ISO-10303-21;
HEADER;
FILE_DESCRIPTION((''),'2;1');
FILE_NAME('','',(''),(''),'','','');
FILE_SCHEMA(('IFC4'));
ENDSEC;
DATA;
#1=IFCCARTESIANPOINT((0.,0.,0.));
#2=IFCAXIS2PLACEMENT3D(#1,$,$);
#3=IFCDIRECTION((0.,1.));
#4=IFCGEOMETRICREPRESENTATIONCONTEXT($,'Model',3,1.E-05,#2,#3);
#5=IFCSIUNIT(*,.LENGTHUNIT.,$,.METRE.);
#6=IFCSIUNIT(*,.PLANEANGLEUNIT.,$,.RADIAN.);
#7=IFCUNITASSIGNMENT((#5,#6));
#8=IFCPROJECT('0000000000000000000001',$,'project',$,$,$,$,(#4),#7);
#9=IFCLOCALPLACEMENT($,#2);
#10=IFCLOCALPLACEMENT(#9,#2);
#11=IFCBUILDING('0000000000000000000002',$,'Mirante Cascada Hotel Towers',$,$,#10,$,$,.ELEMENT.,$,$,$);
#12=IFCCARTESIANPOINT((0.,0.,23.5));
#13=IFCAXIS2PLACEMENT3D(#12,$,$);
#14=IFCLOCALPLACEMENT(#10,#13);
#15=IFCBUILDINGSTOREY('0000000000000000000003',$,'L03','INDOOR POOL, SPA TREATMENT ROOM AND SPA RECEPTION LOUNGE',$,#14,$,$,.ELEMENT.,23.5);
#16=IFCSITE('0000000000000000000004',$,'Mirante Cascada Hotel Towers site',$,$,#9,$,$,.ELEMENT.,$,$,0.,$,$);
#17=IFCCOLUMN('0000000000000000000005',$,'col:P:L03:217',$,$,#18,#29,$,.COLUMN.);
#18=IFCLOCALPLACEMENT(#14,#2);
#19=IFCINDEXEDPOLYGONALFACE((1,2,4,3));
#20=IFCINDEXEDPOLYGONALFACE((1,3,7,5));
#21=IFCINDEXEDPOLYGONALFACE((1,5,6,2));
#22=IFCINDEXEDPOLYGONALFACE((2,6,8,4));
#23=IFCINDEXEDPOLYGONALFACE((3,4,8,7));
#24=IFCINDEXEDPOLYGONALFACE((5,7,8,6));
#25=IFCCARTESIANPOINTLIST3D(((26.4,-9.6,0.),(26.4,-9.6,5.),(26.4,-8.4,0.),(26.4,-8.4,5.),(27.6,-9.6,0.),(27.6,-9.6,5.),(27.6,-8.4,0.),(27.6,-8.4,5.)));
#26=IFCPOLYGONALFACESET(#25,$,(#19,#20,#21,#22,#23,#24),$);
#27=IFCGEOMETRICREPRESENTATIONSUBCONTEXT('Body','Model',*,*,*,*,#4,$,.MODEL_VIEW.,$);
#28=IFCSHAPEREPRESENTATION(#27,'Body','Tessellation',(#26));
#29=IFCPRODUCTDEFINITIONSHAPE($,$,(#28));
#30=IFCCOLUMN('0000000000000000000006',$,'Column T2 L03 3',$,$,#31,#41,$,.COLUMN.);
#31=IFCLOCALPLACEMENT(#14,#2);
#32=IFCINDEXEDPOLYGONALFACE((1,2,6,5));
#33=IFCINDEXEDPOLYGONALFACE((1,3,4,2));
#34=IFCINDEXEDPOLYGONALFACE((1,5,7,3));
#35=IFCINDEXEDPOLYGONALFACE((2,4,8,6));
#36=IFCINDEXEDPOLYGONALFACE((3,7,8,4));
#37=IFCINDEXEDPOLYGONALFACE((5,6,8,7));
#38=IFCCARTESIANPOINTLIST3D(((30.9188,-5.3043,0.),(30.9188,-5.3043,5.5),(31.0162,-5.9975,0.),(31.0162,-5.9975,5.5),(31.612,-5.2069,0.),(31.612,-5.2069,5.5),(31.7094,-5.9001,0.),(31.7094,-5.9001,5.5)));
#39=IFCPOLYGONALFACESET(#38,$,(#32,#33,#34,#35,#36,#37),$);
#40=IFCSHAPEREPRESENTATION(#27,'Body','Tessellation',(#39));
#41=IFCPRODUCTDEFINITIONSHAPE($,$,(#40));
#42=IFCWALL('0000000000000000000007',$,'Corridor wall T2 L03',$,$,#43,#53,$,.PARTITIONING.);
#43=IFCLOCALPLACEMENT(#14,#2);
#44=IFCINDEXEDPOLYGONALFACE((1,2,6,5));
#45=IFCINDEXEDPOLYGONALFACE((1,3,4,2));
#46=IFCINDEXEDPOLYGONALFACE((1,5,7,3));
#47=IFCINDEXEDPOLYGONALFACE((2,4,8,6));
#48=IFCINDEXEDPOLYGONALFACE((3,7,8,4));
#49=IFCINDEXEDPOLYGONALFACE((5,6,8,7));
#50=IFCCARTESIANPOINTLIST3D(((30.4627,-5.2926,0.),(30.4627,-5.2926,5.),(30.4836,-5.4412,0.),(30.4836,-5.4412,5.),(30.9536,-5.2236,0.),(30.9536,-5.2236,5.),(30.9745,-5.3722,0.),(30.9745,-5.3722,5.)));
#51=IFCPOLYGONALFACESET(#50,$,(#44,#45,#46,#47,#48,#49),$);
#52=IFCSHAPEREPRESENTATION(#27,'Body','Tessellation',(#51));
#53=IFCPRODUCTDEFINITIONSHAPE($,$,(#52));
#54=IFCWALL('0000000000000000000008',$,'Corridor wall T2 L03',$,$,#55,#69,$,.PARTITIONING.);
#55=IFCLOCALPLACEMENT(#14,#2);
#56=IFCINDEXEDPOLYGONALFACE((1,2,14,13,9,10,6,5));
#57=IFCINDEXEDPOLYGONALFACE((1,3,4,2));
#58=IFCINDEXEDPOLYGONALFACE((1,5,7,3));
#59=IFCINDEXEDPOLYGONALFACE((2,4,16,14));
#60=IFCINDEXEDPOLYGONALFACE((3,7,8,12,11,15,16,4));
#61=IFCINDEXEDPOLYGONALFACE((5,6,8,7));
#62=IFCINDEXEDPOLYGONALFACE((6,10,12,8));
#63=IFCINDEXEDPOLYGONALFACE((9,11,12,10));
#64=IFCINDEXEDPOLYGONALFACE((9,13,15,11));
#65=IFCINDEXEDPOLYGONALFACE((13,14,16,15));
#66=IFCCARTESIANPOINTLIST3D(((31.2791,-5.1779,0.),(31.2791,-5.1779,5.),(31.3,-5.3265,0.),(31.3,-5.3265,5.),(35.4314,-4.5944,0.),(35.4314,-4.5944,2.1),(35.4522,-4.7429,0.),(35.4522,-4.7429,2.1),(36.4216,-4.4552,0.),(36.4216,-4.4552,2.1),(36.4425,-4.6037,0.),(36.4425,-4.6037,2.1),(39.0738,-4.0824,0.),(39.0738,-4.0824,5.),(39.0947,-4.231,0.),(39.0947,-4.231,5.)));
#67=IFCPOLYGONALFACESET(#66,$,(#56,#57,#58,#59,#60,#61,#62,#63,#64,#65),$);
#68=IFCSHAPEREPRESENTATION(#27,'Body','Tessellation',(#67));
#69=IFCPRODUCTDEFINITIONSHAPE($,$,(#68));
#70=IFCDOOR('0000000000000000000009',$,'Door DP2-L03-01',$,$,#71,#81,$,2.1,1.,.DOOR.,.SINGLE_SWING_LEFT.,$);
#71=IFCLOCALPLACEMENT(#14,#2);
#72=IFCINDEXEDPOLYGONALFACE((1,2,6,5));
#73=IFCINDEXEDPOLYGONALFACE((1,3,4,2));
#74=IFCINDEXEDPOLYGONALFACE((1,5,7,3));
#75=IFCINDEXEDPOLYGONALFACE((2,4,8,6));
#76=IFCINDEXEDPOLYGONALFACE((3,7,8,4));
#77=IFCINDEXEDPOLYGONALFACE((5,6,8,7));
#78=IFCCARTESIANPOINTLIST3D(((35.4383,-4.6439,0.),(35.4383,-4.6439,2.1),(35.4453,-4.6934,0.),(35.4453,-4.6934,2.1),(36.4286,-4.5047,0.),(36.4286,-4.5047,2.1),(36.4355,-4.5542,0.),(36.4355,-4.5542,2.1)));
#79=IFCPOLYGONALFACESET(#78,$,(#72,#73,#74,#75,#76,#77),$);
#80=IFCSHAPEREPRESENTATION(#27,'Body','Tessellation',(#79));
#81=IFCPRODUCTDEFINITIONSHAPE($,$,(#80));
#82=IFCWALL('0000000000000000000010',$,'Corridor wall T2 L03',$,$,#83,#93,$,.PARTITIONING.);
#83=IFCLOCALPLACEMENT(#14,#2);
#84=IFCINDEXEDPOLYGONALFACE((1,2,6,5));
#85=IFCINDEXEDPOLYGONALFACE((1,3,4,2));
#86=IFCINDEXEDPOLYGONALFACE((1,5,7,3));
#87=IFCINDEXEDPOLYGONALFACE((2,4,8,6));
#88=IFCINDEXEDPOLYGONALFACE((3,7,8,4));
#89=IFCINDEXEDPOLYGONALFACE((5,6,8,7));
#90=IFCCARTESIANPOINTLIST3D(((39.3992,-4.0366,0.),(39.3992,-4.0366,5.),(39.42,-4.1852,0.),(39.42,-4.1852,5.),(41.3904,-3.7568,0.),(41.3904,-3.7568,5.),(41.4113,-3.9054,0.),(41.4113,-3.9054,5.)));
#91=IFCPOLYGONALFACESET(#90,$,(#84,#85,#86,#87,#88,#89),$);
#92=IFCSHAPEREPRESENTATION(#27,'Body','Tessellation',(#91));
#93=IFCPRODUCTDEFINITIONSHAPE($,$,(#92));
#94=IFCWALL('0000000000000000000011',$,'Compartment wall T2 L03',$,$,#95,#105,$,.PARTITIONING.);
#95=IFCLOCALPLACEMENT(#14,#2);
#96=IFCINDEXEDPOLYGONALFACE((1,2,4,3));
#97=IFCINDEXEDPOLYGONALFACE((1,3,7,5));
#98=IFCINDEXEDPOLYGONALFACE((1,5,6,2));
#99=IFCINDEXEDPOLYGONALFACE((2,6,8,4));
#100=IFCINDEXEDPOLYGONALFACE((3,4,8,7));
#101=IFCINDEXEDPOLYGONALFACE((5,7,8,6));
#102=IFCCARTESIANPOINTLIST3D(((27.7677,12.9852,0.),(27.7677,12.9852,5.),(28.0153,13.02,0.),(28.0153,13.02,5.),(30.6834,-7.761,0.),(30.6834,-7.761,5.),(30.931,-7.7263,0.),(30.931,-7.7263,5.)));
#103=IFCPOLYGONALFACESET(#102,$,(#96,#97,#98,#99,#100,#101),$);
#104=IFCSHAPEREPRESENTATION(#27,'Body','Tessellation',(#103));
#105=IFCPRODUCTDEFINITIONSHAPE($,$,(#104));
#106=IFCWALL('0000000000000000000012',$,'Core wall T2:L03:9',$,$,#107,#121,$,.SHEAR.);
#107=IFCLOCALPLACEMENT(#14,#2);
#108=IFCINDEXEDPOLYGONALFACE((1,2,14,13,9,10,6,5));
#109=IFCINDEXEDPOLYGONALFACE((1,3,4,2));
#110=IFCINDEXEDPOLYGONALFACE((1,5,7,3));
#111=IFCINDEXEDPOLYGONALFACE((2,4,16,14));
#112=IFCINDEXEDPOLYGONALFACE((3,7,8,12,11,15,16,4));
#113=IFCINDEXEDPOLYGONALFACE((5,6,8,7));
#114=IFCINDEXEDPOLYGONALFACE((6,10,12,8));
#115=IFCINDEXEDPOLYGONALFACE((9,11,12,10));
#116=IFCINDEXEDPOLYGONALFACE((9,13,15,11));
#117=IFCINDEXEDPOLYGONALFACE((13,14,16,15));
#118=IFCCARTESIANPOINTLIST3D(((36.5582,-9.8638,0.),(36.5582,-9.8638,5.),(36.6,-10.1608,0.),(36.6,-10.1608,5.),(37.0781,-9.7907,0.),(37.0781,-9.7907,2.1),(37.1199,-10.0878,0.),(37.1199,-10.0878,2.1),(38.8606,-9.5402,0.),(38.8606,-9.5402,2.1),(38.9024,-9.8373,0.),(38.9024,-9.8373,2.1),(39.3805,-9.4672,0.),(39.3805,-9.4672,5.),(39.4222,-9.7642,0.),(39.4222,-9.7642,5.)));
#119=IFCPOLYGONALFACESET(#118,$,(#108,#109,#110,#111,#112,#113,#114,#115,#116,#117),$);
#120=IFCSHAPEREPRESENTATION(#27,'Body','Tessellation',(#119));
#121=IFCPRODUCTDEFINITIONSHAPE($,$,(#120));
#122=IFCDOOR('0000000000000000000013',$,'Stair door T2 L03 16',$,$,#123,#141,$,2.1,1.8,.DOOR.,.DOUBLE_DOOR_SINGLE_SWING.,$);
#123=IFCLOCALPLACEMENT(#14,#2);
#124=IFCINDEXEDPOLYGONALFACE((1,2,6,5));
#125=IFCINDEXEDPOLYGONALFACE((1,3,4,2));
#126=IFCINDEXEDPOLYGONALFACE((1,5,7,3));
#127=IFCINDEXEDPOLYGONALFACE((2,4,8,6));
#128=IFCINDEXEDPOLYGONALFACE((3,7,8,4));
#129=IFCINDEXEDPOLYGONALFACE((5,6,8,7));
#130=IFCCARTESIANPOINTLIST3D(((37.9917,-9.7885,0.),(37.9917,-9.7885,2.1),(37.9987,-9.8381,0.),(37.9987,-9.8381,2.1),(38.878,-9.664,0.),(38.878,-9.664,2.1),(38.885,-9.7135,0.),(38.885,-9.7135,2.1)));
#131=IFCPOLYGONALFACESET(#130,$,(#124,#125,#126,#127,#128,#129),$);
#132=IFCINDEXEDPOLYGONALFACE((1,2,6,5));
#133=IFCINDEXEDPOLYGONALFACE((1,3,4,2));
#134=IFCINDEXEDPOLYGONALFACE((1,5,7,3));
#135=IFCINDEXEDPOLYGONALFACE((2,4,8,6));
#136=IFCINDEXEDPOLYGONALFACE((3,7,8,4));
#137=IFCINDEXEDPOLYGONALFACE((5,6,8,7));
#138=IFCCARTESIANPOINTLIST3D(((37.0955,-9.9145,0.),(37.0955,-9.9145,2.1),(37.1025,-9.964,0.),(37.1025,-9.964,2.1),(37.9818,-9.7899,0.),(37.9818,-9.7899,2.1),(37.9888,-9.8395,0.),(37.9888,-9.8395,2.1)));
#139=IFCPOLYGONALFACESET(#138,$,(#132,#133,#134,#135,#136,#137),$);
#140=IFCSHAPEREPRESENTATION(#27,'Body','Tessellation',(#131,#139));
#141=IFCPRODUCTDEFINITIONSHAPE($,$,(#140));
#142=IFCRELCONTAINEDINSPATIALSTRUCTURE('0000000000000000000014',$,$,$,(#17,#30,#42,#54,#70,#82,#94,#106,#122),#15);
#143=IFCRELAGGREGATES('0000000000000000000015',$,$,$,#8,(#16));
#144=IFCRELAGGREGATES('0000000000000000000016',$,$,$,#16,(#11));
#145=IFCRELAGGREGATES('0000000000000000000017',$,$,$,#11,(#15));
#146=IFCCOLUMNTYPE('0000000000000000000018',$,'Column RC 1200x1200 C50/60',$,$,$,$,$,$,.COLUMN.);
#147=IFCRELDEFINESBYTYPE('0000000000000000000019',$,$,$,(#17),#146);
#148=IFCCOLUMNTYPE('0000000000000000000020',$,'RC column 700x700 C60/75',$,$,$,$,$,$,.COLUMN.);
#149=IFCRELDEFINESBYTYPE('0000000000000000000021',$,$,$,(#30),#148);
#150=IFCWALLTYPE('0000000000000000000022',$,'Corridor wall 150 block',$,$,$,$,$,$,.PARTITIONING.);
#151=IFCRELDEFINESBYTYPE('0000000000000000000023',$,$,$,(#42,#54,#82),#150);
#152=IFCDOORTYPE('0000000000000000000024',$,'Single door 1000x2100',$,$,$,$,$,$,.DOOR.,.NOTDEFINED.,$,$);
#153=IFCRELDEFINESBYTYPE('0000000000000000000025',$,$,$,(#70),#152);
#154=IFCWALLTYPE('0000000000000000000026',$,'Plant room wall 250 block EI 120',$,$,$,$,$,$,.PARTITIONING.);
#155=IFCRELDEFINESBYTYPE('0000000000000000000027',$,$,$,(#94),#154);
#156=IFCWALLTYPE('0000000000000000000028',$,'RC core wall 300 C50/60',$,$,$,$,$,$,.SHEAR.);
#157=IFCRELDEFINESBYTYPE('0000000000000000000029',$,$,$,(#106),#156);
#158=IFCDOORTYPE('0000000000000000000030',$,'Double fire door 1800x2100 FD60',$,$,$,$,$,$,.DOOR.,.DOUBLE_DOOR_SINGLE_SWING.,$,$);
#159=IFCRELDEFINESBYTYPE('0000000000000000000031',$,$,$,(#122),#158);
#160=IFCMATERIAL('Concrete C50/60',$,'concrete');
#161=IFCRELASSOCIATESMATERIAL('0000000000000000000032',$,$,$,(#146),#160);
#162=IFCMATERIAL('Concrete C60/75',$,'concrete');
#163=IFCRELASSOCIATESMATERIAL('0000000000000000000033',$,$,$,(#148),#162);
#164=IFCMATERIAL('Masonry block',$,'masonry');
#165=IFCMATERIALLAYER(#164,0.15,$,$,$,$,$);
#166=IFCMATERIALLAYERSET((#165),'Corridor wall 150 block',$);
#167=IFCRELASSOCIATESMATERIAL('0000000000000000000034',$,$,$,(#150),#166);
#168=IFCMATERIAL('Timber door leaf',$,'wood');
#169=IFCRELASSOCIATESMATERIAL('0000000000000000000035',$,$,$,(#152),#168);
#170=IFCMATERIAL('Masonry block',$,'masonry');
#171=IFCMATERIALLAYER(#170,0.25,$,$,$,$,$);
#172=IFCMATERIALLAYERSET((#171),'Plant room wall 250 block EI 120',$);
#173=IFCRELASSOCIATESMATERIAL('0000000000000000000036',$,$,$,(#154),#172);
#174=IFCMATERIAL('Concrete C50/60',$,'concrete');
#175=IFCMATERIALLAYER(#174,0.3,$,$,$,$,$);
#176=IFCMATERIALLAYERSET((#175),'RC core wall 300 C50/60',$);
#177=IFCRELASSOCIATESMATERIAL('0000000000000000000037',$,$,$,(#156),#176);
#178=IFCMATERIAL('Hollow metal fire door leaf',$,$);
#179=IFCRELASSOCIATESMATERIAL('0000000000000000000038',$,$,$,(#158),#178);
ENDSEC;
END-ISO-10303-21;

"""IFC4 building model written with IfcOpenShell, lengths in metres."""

from ifc_helpers import new_model, si_unit, direction, frame, frame_2d, origin, origin_2d, place, context, subcontext, project, spatial, rectangle, extrude, material, layer, layer_set, material_profile, profile_set, type_object, element, fill, save


model = new_model("IFC4")

# Units and contexts
model_context = context("Model", 3, precision=1e-05, world=origin(), true_north=direction((0.0, 1.0)))
body_context = subcontext(model_context, "Body", "Model", "MODEL_VIEW")
ifc_project = project(units=[si_unit("LENGTHUNIT", "METRE"), si_unit("PLANEANGLEUNIT", "RADIAN")], contexts=[model_context])

# Site, building, storey
site_placement = place(None, origin())
site = spatial("IfcSite", under=ifc_project, at=site_placement, Name="Mirante Cascada Hotel Towers site", CompositionType="ELEMENT", RefElevation=0.0)
building_placement = place(site_placement, origin())
building = spatial("IfcBuilding", under=site, at=building_placement, Name="Mirante Cascada Hotel Towers", CompositionType="ELEMENT")
storey_placement = place(building_placement, frame((0.0, 0.0, 23.5)))
storey = spatial("IfcBuildingStorey", under=building, at=storey_placement, Name="L03", Description="INDOOR POOL, SPA TREATMENT ROOM AND SPA RECEPTION LOUNGE", CompositionType="ELEMENT", Elevation=23.5)

# Columns
ifc_material_1 = material(Name="Concrete C50/60", Category="concrete")
ifc_material_profile_1 = material_profile(ifc_material_1, rectangle(XDim=1.2, YDim=1.2, at=origin_2d()), Name="RC 1200x1200")
ifc_profile_set_1 = profile_set([ifc_material_profile_1], Name="Concrete C50/60")
column_type_1 = type_object("IfcColumnType", Name="Column RC 1200x1200 C50/60", PredefinedType="COLUMN", material=ifc_profile_set_1)
column_1_placement = place(storey_placement, frame((27.0, -9.0, 0.0), z_axis=(0.0, 0.0, 1.0), x_axis=(1.0, 0.0, 0.0)))
element("IfcColumn", 1, at=column_1_placement, inside=storey, type_object=column_type_1, Name="col:P:L03:217", PredefinedType="COLUMN", context=body_context, shape_type="SweptSolid", body=[
    extrude(rectangle(XDim=1.2, YDim=1.2, at=origin_2d()), origin(), (0.0, 0.0, 1.0), 5.0),
])
ifc_material_2 = material(Name="Concrete C60/75", Category="concrete")
ifc_material_profile_2 = material_profile(ifc_material_2, rectangle(XDim=0.7, YDim=0.7, at=origin_2d()), Name="RC column 700x700 C60/75")
ifc_profile_set_2 = profile_set([ifc_material_profile_2], Name="Concrete C60/75")
column_type_2 = type_object("IfcColumnType", Name="RC column 700x700 C60/75", PredefinedType="COLUMN", material=ifc_profile_set_2)
column_2_placement = place(storey_placement, frame((31.3141, -5.6022, 0.0), z_axis=(0.0, 0.0, 1.0), x_axis=(0.990268, 0.139173, 0.0)))
element("IfcColumn", 2, at=column_2_placement, inside=storey, type_object=column_type_2, Name="Column T2 L03 3", PredefinedType="COLUMN", context=body_context, shape_type="SweptSolid", body=[
    extrude(rectangle(XDim=0.7, YDim=0.7, at=origin_2d()), origin(), (0.0, 0.0, 1.0), 5.5),
])

# Wall
ifc_material_3 = material(Name="Masonry block", Category="masonry")
ifc_layer_1 = layer(ifc_material_3, 0.15)
ifc_layer_set_1 = layer_set([ifc_layer_1], Name="Corridor wall 150 block")
wall_type_1 = type_object("IfcWallType", Name="Corridor wall 150 block", PredefinedType="PARTITIONING", material=ifc_layer_set_1)
wall_1_placement = place(storey_placement, frame((30.4732, -5.3669, 0.0), z_axis=(0.0, 0.0, 1.0), x_axis=(0.990266, 0.13919, 0.0)))
element("IfcWall", 3, at=wall_1_placement, inside=storey, type_object=wall_type_1, Name="Corridor wall T2 L03", PredefinedType="PARTITIONING", context=body_context, shape_type="SweptSolid", body=[
    extrude(rectangle(XDim=0.4957, YDim=0.15, at=frame_2d((0.2478, 0.0))), origin(), (0.0, 0.0, 1.0), 5.0),
])

# Wall, opening, door
wall_2_placement = place(storey_placement, frame((31.2896, -5.2522, 0.0), z_axis=(0.0, 0.0, 1.0), x_axis=(0.990268, 0.139176, 0.0)))
wall_2 = element("IfcWall", 4, at=wall_2_placement, inside=storey, type_object=wall_type_1, Name="Corridor wall T2 L03", PredefinedType="PARTITIONING", context=body_context, shape_type="SweptSolid", body=[
    extrude(rectangle(XDim=7.8713, YDim=0.15, at=frame_2d((3.9356, 0.0))), origin(), (0.0, 0.0, 1.0), 5.0),
])
opening_1_placement = place(wall_2_placement, frame((4.193, 0.0, 0.0)))
opening_1 = element("IfcOpeningElement", 5, at=opening_1_placement, cuts=wall_2, PredefinedType="OPENING", context=body_context, shape_type="SweptSolid", body=[
    extrude(rectangle(XDim=1.0, YDim=2.1, at=frame_2d((0.5, 1.05))), frame((0.0, 0.075, 0.0), z_axis=(0.0, -1.0, 0.0), x_axis=(1.0, 0.0, 0.0)), (0.0, 0.0, 1.0), 0.15),
])
ifc_material_4 = material(Name="Timber door leaf", Category="wood")
door_type_1 = type_object("IfcDoorType", Name="Single door 1000x2100", OperationType="NOTDEFINED", PredefinedType="DOOR", material=ifc_material_4)
door_1_placement = place(opening_1_placement, frame((1.0, 0.0, 0.0), z_axis=(0.0, 0.0, 1.0), x_axis=(-1.0, 0.0, 0.0)))
door_1 = element("IfcDoor", 6, at=door_1_placement, inside=storey, type_object=door_type_1, Name="Door DP2-L03-01", OperationType="SINGLE_SWING_LEFT", OverallHeight=2.1, OverallWidth=1.0, PredefinedType="DOOR", context=body_context, shape_type="SweptSolid", body=[
    extrude(rectangle(XDim=1.0, YDim=2.1, at=frame_2d((0.5, 1.05))), frame((0.0, 0.025, 0.0), z_axis=(0.0, -1.0, 0.0), x_axis=(1.0, 0.0, 0.0)), (0.0, 0.0, 1.0), 0.05),
])
fill(opening_1, door_1)

# Walls
wall_3_placement = place(storey_placement, frame((39.4096, -4.1109, 0.0), z_axis=(0.0, 0.0, 1.0), x_axis=(0.990271, 0.139151, 0.0)))
element("IfcWall", 7, at=wall_3_placement, inside=storey, type_object=wall_type_1, Name="Corridor wall T2 L03", PredefinedType="PARTITIONING", context=body_context, shape_type="SweptSolid", body=[
    extrude(rectangle(XDim=2.0108, YDim=0.15, at=frame_2d((1.0054, 0.0))), origin(), (0.0, 0.0, 1.0), 5.0),
])
ifc_material_5 = material(Name="Masonry block", Category="masonry")
ifc_layer_2 = layer(ifc_material_5, 0.25)
ifc_layer_set_2 = layer_set([ifc_layer_2], Name="Plant room wall 250 block EI 120")
wall_type_2 = type_object("IfcWallType", Name="Plant room wall 250 block EI 120", PredefinedType="PARTITIONING", material=ifc_layer_set_2)
wall_4_placement = place(storey_placement, frame((30.8072, -7.7436, 0.0), z_axis=(0.0, 0.0, 1.0), x_axis=(-0.139174, 0.990268, 0.0)))
element("IfcWall", 8, at=wall_4_placement, inside=storey, type_object=wall_type_2, Name="Compartment wall T2 L03", PredefinedType="PARTITIONING", context=body_context, shape_type="SweptSolid", body=[
    extrude(rectangle(XDim=20.9501, YDim=0.25, at=frame_2d((10.475, 0.0))), origin(), (0.0, 0.0, 1.0), 5.0),
])

# Wall, opening, door
ifc_material_6 = material(Name="Concrete C50/60", Category="concrete")
ifc_layer_3 = layer(ifc_material_6, 0.3)
ifc_layer_set_3 = layer_set([ifc_layer_3], Name="RC core wall 300 C50/60")
wall_type_3 = type_object("IfcWallType", Name="RC core wall 300 C50/60", PredefinedType="SHEAR", material=ifc_layer_set_3)
wall_5_placement = place(storey_placement, frame((36.5791, -10.0123, 0.0), z_axis=(0.0, 0.0, 1.0), x_axis=(0.99027, 0.139156, 0.0)))
wall_5 = element("IfcWall", 9, at=wall_5_placement, inside=storey, type_object=wall_type_3, Name="Core wall T2:L03:9", PredefinedType="SHEAR", context=body_context, shape_type="SweptSolid", body=[
    extrude(rectangle(XDim=2.85, YDim=0.3, at=frame_2d((1.425, 0.0))), origin(), (0.0, 0.0, 1.0), 5.0),
])
opening_2_placement = place(wall_5_placement, frame((0.525, 0.0, 0.0)))
opening_2 = element("IfcOpeningElement", 10, at=opening_2_placement, cuts=wall_5, PredefinedType="OPENING", context=body_context, shape_type="SweptSolid", body=[
    extrude(rectangle(XDim=1.8, YDim=2.1, at=frame_2d((0.9, 1.05))), frame((0.0, 0.15, 0.0), z_axis=(0.0, -1.0, 0.0), x_axis=(1.0, 0.0, 0.0)), (0.0, 0.0, 1.0), 0.3),
])
ifc_material_7 = material(Name="Hollow metal fire door leaf")
door_type_2 = type_object("IfcDoorType", Name="Double fire door 1800x2100 FD60", OperationType="DOUBLE_DOOR_SINGLE_SWING", PredefinedType="DOOR", material=ifc_material_7)
door_2_placement = place(opening_2_placement, frame((1.8, 0.0, 0.0), z_axis=(0.0, 0.0, 1.0), x_axis=(-1.0, 0.0, 0.0)))
door_2 = element("IfcDoor", 11, at=door_2_placement, inside=storey, type_object=door_type_2, Name="Stair door T2 L03 16", OperationType="DOUBLE_DOOR_SINGLE_SWING", OverallHeight=2.1, OverallWidth=1.8, PredefinedType="DOOR", context=body_context, shape_type="SweptSolid", body=[
    extrude(rectangle(XDim=0.895, YDim=2.1, at=frame_2d((0.4475, 1.05))), frame((0.0, 0.025, 0.0), z_axis=(0.0, -1.0, 0.0), x_axis=(1.0, 0.0, 0.0)), (0.0, 0.0, 1.0), 0.05),
    extrude(rectangle(XDim=0.895, YDim=2.1, at=frame_2d((1.3525, 1.05))), frame((0.0, 0.025, 0.0), z_axis=(0.0, -1.0, 0.0), x_axis=(1.0, 0.0, 0.0)), (0.0, 0.0, 1.0), 0.05),
])
fill(opening_2, door_2)

save(model, "model.ifc")
